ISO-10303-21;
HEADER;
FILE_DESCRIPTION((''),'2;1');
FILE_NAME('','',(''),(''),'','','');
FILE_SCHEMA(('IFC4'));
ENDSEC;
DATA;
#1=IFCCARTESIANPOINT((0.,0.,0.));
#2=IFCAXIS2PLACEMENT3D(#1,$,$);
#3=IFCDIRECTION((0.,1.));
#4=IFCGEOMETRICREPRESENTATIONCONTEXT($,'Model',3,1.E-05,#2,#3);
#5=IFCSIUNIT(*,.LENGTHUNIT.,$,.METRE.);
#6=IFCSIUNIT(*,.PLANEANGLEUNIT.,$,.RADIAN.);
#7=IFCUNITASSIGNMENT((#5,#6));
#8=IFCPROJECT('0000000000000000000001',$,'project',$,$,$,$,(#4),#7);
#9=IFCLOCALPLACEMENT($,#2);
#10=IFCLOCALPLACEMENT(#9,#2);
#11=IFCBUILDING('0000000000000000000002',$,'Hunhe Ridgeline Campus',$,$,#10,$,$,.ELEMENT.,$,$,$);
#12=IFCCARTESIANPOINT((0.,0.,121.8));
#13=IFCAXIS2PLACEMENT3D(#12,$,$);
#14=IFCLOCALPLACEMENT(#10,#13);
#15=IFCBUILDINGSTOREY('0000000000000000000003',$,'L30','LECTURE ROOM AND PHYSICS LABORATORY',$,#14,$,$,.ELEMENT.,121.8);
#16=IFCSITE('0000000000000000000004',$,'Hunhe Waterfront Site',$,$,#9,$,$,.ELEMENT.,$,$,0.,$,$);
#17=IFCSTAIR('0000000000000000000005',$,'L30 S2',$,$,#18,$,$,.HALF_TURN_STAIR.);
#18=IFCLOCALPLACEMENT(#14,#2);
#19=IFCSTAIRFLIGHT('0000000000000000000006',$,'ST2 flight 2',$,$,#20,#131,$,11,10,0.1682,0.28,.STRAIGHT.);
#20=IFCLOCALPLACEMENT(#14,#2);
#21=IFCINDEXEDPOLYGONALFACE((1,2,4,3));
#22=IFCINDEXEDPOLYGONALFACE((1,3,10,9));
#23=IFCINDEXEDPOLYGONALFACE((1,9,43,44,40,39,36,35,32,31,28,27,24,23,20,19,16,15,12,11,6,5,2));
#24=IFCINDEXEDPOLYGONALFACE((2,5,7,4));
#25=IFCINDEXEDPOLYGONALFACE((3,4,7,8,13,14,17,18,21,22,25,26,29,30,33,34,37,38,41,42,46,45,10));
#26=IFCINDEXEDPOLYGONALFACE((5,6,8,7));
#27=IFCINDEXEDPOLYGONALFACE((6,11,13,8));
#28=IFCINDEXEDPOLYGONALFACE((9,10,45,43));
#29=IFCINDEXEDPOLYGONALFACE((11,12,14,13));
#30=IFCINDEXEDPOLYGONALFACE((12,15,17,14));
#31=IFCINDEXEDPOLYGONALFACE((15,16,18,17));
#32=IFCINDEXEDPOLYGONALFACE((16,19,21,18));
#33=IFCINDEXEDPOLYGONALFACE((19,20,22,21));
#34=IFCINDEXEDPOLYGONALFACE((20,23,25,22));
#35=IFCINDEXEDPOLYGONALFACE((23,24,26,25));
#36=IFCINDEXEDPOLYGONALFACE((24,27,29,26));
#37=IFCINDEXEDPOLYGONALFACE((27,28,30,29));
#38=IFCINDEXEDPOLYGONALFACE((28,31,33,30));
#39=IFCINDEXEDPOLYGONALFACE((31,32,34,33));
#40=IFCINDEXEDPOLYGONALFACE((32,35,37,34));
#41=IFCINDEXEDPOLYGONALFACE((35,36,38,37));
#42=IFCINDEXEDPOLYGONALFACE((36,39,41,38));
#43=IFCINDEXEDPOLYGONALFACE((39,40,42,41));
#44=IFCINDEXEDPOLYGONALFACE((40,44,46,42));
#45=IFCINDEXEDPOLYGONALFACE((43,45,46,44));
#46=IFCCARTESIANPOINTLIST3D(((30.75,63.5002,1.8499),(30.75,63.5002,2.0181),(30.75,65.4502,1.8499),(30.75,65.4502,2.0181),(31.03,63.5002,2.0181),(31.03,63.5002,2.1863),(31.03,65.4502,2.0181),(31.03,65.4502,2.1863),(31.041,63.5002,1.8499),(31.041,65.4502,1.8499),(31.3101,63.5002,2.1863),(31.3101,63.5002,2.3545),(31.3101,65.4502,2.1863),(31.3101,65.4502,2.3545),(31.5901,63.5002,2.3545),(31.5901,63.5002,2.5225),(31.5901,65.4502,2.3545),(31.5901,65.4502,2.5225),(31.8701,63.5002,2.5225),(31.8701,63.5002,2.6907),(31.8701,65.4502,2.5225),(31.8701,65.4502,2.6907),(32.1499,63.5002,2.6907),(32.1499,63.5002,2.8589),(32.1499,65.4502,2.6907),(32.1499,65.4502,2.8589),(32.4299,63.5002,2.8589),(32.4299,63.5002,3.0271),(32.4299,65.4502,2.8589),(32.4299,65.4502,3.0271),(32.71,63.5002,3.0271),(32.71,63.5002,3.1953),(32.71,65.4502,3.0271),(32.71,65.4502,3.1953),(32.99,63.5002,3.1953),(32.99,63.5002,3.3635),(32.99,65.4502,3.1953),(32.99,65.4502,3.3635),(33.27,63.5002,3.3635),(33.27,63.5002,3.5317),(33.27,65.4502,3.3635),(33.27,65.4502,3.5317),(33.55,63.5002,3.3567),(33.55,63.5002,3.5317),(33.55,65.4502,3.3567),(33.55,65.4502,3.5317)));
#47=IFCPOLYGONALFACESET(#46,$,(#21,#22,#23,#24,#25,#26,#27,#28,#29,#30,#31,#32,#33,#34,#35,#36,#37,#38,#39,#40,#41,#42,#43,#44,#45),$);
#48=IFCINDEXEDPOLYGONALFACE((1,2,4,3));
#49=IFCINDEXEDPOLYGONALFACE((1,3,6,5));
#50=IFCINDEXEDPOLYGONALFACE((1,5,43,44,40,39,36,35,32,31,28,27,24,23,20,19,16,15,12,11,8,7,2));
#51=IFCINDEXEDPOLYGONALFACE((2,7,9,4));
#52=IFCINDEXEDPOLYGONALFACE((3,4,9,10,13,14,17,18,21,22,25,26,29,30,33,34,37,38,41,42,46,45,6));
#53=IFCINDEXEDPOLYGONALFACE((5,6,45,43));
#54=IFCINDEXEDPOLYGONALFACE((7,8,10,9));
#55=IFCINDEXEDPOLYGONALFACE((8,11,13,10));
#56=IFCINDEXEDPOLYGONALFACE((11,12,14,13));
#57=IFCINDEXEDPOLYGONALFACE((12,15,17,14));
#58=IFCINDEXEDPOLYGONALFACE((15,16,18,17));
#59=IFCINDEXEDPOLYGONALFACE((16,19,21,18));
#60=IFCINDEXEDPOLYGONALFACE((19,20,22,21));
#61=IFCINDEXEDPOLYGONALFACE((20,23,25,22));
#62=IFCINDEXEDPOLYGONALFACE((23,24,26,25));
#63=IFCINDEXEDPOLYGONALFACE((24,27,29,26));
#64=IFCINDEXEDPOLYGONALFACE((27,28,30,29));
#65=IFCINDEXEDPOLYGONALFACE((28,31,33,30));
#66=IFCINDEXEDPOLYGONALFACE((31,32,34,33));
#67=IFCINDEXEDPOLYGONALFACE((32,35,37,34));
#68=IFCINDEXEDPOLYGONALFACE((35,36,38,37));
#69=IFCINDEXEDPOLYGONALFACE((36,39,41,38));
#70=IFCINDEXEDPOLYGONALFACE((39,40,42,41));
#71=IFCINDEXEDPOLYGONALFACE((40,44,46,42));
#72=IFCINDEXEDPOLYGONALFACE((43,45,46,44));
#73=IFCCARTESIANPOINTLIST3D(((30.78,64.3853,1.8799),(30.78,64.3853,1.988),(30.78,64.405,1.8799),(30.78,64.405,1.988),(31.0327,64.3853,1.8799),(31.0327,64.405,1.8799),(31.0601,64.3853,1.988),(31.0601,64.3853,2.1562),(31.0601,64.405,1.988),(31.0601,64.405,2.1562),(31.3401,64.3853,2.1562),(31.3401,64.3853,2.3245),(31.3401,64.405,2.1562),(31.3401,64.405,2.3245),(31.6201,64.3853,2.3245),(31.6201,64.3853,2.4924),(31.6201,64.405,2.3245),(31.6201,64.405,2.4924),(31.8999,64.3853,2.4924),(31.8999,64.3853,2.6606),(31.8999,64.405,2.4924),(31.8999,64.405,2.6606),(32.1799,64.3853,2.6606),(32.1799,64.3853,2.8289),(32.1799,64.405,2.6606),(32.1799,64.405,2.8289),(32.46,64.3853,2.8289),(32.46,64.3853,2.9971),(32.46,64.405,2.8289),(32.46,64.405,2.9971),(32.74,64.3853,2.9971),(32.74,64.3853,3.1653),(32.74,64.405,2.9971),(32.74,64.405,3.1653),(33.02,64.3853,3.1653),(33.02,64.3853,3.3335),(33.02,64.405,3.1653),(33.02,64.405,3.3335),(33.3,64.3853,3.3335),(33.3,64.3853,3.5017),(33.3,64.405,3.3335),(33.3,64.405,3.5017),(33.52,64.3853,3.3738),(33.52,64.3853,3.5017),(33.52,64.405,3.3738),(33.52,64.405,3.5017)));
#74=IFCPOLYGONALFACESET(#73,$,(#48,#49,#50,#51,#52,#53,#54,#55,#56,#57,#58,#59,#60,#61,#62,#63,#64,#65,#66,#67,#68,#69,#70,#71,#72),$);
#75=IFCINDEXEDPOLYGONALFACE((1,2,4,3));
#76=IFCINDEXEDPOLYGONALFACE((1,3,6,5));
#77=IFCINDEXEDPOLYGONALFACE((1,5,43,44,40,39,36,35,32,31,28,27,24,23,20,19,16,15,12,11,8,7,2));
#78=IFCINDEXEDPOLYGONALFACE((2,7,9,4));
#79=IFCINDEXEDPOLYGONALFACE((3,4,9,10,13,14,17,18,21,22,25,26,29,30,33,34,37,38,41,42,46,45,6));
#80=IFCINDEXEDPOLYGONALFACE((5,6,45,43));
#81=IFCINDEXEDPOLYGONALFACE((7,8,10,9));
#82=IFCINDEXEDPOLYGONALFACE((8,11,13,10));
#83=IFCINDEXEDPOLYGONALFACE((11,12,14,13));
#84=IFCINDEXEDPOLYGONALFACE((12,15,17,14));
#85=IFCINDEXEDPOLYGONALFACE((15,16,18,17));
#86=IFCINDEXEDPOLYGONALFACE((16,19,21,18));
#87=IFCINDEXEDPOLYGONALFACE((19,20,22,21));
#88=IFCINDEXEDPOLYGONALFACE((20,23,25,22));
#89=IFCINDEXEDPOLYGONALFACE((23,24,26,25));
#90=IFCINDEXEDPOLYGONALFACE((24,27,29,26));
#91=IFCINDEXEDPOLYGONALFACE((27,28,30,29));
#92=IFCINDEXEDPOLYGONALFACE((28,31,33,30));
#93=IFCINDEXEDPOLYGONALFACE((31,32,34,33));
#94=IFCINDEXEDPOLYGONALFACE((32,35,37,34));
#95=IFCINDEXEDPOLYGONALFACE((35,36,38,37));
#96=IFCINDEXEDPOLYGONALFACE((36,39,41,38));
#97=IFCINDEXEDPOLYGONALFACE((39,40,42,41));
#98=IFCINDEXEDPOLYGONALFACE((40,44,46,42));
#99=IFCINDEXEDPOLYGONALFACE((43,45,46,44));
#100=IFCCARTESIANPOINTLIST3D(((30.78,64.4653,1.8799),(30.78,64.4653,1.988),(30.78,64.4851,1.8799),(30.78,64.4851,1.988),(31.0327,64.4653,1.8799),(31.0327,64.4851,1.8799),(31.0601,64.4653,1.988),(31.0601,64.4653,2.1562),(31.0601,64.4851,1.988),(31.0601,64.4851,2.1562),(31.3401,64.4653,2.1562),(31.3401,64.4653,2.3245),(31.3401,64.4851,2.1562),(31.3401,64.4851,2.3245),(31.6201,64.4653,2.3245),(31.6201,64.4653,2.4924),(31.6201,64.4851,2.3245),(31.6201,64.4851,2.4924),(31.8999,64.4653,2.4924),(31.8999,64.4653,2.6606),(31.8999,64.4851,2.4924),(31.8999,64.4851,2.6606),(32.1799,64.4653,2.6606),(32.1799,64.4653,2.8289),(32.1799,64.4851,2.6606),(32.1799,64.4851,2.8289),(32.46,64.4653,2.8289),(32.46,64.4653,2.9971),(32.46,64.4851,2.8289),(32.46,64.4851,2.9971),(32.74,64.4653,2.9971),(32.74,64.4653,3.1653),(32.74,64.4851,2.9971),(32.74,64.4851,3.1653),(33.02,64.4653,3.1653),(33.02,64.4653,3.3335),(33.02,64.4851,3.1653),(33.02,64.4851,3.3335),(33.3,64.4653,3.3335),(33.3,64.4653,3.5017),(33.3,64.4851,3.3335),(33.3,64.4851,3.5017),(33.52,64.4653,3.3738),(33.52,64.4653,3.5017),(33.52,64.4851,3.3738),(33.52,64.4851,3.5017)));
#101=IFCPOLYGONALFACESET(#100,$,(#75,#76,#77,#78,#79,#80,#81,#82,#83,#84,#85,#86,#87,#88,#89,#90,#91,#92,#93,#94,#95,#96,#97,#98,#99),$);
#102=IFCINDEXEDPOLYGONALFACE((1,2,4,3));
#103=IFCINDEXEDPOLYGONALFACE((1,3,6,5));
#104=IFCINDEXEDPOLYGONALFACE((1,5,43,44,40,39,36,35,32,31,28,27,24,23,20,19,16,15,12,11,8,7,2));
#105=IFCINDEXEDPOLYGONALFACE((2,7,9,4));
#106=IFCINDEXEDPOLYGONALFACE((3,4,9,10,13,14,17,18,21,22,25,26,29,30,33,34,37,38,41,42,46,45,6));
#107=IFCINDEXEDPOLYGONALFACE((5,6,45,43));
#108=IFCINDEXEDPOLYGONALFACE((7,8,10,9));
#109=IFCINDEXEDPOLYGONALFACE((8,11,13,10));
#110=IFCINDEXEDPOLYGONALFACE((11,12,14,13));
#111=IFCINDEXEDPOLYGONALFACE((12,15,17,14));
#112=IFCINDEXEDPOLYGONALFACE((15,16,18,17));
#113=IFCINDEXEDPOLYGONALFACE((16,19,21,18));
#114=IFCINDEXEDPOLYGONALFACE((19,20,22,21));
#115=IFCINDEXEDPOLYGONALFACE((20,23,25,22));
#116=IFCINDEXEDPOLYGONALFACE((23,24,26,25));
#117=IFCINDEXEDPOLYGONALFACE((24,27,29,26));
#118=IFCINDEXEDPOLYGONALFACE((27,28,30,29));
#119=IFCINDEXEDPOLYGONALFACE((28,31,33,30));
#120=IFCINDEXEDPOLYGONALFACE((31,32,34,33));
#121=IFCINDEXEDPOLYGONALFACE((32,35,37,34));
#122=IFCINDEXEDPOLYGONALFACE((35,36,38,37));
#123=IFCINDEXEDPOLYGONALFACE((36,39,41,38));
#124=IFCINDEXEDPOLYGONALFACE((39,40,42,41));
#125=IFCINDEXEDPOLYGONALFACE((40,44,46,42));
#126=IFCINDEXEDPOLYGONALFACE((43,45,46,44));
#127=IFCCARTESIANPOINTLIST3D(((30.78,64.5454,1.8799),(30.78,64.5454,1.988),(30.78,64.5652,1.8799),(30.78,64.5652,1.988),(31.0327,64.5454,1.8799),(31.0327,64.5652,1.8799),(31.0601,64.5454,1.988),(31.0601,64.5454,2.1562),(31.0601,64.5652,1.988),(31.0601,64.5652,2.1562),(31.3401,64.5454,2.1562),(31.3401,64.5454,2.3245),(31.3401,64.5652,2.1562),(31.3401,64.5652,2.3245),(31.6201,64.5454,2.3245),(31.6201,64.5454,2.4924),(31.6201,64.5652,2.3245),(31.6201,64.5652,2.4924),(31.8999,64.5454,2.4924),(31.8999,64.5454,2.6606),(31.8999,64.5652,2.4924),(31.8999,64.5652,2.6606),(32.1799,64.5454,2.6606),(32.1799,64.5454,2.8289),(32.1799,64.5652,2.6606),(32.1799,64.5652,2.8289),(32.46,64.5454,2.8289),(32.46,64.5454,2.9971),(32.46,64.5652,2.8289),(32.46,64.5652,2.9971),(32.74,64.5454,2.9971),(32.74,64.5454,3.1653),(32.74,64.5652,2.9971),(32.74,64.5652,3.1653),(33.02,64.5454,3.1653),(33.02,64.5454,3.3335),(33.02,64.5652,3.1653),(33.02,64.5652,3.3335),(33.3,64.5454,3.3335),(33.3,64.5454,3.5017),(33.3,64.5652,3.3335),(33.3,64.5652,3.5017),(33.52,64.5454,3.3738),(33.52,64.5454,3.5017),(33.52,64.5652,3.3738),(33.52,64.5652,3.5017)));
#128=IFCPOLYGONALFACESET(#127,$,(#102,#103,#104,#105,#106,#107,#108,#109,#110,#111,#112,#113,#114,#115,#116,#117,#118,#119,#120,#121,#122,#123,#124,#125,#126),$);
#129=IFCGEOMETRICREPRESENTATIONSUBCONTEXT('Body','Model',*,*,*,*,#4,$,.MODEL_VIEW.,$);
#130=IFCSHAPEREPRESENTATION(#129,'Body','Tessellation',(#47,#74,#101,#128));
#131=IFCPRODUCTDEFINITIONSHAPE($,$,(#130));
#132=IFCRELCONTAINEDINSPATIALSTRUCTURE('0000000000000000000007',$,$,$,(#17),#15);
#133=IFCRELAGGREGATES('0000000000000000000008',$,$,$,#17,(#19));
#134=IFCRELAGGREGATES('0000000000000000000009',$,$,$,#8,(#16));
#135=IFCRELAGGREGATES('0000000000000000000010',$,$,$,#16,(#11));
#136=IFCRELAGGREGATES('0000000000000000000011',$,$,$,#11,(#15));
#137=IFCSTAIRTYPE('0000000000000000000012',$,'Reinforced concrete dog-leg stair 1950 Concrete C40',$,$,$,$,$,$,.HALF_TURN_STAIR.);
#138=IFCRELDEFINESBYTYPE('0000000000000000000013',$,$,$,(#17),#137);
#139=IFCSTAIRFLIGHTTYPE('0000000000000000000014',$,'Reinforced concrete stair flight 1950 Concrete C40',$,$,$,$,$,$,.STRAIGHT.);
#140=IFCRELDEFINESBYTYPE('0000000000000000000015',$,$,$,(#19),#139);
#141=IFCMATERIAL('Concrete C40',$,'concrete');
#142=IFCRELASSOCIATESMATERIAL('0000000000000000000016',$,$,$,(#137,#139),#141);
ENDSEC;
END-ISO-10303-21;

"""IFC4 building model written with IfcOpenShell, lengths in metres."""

from ifc_helpers import new_model, si_unit, direction, frame, origin, place, context, subcontext, project, spatial, polyline, outline, extrude, material, type_object, element, aggregate, save


model = new_model("IFC4")

# Units and contexts
model_context = context("Model", 3, precision=1e-05, world=origin(), true_north=direction((0.0, 1.0)))
body_context = subcontext(model_context, "Body", "Model", "MODEL_VIEW")
ifc_project = project(units=[si_unit("LENGTHUNIT", "METRE"), si_unit("PLANEANGLEUNIT", "RADIAN")], contexts=[model_context])

# Site, building, storey
site_placement = place(None, origin())
site = spatial("IfcSite", under=ifc_project, at=site_placement, Name="Hunhe Waterfront Site", CompositionType="ELEMENT", RefElevation=0.0)
building_placement = place(site_placement, origin())
building = spatial("IfcBuilding", under=site, at=building_placement, Name="Hunhe Ridgeline Campus", CompositionType="ELEMENT")
storey_placement = place(building_placement, frame((0.0, 0.0, 121.8)))
storey = spatial("IfcBuildingStorey", under=building, at=storey_placement, Name="L30", Description="LECTURE ROOM AND PHYSICS LABORATORY", CompositionType="ELEMENT", Elevation=121.8)

# Stair, stair flight
ifc_material_1 = material(Name="Concrete C40", Category="concrete")
stair_type = type_object("IfcStairType", Name="Reinforced concrete dog-leg stair 1950 Concrete C40", PredefinedType="HALF_TURN_STAIR", material=ifc_material_1)
stair_placement = place(storey_placement, origin())
stair = element("IfcStair", 1, at=stair_placement, inside=storey, type_object=stair_type, Name="L30 S2", PredefinedType="HALF_TURN_STAIR")
stair_flight_type = type_object("IfcStairFlightType", Name="Reinforced concrete stair flight 1950 Concrete C40", PredefinedType="STRAIGHT", material=ifc_material_1)
stair_flight_1_placement = place(storey_placement, frame((30.75, 64.4751, 1.8499), z_axis=(0.0, 0.0, 1.0), x_axis=(1.0, 0.0, 0.0)))
stair_flight_1 = element("IfcStairFlight", 2, at=stair_flight_1_placement, type_object=stair_flight_type, Name="ST2 flight 2", NumberOfRisers=11, NumberOfTreads=10, PredefinedType="STRAIGHT", RiserHeight=0.1682, TreadLength=0.28, context=body_context, shape_type="SweptSolid", body=[
    extrude(outline(polyline([(0.0, 0.0), (0.0, 0.1682), (0.28, 0.1682), (0.28, 0.3364), (0.5601, 0.3364), (0.5601, 0.5046), (0.8401, 0.5046), (0.8401, 0.6726), (1.1201, 0.6726), (1.1201, 0.8408), (1.3999, 0.8408), (1.3999, 1.009), (1.6799, 1.009), (1.6799, 1.1772), (1.96, 1.1772), (1.96, 1.3455), (2.24, 1.3455), (2.24, 1.5137), (2.52, 1.5137), (2.52, 1.6819), (2.8, 1.6819), (2.8, 1.8501), (2.8, 1.5068), (0.291, 0.0), (0.0, 0.0)])), frame((0.0, 0.9751, 0.0), z_axis=(0.0, -1.0, 0.0), x_axis=(1.0, 0.0, 0.0)), (0.0, 0.0, 1.0), 1.95),
    extrude(outline(polyline([(0.03, 0.03), (0.03, 0.1382), (0.3101, 0.1382), (0.3101, 0.3064), (0.5901, 0.3064), (0.5901, 0.4746), (0.8701, 0.4746), (0.8701, 0.6426), (1.1499, 0.6426), (1.1499, 0.8108), (1.4299, 0.8108), (1.4299, 0.979), (1.71, 0.979), (1.71, 1.1472), (1.99, 1.1472), (1.99, 1.3154), (2.27, 1.3154), (2.27, 1.4836), (2.55, 1.4836), (2.55, 1.6519), (2.77, 1.6519), (2.77, 1.5239), (0.2827, 0.03), (0.03, 0.03)])), frame((0.0, -0.0701, 0.0), z_axis=(0.0, -1.0, 0.0), x_axis=(1.0, 0.0, 0.0)), (0.0, 0.0, 1.0), 0.0198),
    extrude(outline(polyline([(0.03, 0.03), (0.03, 0.1382), (0.3101, 0.1382), (0.3101, 0.3064), (0.5901, 0.3064), (0.5901, 0.4746), (0.8701, 0.4746), (0.8701, 0.6426), (1.1499, 0.6426), (1.1499, 0.8108), (1.4299, 0.8108), (1.4299, 0.979), (1.71, 0.979), (1.71, 1.1472), (1.99, 1.1472), (1.99, 1.3154), (2.27, 1.3154), (2.27, 1.4836), (2.55, 1.4836), (2.55, 1.6519), (2.77, 1.6519), (2.77, 1.5239), (0.2827, 0.03), (0.03, 0.03)])), frame((0.0, 0.01, 0.0), z_axis=(0.0, -1.0, 0.0), x_axis=(1.0, 0.0, 0.0)), (0.0, 0.0, 1.0), 0.0198),
    extrude(outline(polyline([(0.03, 0.03), (0.03, 0.1382), (0.3101, 0.1382), (0.3101, 0.3064), (0.5901, 0.3064), (0.5901, 0.4746), (0.8701, 0.4746), (0.8701, 0.6426), (1.1499, 0.6426), (1.1499, 0.8108), (1.4299, 0.8108), (1.4299, 0.979), (1.71, 0.979), (1.71, 1.1472), (1.99, 1.1472), (1.99, 1.3154), (2.27, 1.3154), (2.27, 1.4836), (2.55, 1.4836), (2.55, 1.6519), (2.77, 1.6519), (2.77, 1.5239), (0.2827, 0.03), (0.03, 0.03)])), frame((0.0, 0.0901, 0.0), z_axis=(0.0, -1.0, 0.0), x_axis=(1.0, 0.0, 0.0)), (0.0, 0.0, 1.0), 0.0198),
])
aggregate(stair, [stair_flight_1])

save(model, "model.ifc")
